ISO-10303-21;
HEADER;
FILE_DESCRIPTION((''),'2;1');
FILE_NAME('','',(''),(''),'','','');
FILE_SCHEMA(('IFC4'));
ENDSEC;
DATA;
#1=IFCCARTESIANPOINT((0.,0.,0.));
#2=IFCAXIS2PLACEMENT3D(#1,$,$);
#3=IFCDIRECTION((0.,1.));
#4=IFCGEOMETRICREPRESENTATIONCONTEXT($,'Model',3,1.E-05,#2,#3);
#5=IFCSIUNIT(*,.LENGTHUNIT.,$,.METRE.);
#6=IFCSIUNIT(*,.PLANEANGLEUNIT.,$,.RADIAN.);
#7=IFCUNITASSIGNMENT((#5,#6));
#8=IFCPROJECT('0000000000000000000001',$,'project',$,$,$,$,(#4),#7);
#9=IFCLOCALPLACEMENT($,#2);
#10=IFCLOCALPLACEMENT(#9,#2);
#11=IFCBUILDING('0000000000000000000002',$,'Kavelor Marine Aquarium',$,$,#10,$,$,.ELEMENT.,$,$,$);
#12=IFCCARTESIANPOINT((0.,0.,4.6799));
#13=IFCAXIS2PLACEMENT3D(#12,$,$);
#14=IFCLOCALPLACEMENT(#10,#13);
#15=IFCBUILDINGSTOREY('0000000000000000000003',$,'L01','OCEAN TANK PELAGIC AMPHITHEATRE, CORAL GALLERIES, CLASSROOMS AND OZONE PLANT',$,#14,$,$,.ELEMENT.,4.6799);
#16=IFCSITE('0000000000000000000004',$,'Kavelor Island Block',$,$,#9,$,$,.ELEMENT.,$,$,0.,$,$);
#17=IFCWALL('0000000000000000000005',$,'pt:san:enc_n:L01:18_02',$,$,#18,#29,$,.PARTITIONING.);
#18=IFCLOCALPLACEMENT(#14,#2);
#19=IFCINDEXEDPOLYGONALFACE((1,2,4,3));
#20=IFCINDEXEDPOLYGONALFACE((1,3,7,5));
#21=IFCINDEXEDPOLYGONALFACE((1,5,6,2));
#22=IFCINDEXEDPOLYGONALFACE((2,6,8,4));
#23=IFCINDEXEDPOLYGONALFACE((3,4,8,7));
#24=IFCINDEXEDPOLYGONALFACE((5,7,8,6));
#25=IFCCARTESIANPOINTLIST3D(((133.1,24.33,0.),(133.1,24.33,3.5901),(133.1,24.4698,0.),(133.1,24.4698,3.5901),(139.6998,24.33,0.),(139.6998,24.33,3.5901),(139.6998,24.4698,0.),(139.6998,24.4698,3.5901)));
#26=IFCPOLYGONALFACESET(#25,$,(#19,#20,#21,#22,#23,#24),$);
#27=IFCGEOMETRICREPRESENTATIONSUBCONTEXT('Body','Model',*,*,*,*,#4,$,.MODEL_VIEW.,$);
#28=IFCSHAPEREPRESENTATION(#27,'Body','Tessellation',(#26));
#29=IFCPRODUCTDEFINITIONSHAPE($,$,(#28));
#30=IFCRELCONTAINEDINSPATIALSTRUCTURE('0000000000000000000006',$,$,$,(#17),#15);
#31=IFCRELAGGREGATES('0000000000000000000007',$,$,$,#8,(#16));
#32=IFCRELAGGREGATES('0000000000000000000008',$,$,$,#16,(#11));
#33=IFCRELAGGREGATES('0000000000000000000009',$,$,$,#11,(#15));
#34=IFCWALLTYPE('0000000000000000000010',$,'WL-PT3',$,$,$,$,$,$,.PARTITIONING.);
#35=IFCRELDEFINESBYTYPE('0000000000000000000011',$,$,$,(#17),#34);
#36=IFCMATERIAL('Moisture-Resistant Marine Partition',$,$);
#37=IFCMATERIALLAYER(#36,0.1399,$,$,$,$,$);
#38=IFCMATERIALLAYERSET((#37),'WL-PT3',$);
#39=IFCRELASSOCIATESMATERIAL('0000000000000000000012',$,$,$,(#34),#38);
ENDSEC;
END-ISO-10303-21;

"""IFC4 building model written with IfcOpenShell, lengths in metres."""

from ifc_helpers import new_model, si_unit, direction, frame, frame_2d, origin, place, context, subcontext, project, spatial, rectangle, extrude, material, layer, layer_set, type_object, element, save


model = new_model("IFC4")

# Units and contexts
model_context = context("Model", 3, precision=1e-05, world=origin(), true_north=direction((0.0, 1.0)))
body_context = subcontext(model_context, "Body", "Model", "MODEL_VIEW")
ifc_project = project(units=[si_unit("LENGTHUNIT", "METRE"), si_unit("PLANEANGLEUNIT", "RADIAN")], contexts=[model_context])

# Site, building, storey
site_placement = place(None, origin())
site = spatial("IfcSite", under=ifc_project, at=site_placement, Name="Kavelor Island Block", CompositionType="ELEMENT", RefElevation=0.0)
building_placement = place(site_placement, origin())
building = spatial("IfcBuilding", under=site, at=building_placement, Name="Kavelor Marine Aquarium", CompositionType="ELEMENT")
storey_placement = place(building_placement, frame((0.0, 0.0, 4.6799)))
storey = spatial("IfcBuildingStorey", under=building, at=storey_placement, Name="L01", Description="OCEAN TANK PELAGIC AMPHITHEATRE, CORAL GALLERIES, CLASSROOMS AND OZONE PLANT", CompositionType="ELEMENT", Elevation=4.6799)

# Wall
ifc_material_1 = material(Name="Moisture-Resistant Marine Partition")
ifc_layer_1 = layer(ifc_material_1, 0.1399)
ifc_layer_set_1 = layer_set([ifc_layer_1], Name="WL-PT3")
wall_type = type_object("IfcWallType", Name="WL-PT3", PredefinedType="PARTITIONING", material=ifc_layer_set_1)
wall_placement = place(storey_placement, frame((133.1001, 24.3999, 0.0), z_axis=(0.0, 0.0, 1.0), x_axis=(1.0, 0.0, 0.0)))
element("IfcWall", 1, at=wall_placement, inside=storey, type_object=wall_type, Name="pt:san:enc_n:L01:18_02", PredefinedType="PARTITIONING", context=body_context, shape_type="SweptSolid", body=[
    extrude(rectangle(XDim=6.5999, YDim=0.1399, at=frame_2d((3.2998, 0.0))), origin(), (0.0, 0.0, 1.0), 3.5901),
])

save(model, "model.ifc")
